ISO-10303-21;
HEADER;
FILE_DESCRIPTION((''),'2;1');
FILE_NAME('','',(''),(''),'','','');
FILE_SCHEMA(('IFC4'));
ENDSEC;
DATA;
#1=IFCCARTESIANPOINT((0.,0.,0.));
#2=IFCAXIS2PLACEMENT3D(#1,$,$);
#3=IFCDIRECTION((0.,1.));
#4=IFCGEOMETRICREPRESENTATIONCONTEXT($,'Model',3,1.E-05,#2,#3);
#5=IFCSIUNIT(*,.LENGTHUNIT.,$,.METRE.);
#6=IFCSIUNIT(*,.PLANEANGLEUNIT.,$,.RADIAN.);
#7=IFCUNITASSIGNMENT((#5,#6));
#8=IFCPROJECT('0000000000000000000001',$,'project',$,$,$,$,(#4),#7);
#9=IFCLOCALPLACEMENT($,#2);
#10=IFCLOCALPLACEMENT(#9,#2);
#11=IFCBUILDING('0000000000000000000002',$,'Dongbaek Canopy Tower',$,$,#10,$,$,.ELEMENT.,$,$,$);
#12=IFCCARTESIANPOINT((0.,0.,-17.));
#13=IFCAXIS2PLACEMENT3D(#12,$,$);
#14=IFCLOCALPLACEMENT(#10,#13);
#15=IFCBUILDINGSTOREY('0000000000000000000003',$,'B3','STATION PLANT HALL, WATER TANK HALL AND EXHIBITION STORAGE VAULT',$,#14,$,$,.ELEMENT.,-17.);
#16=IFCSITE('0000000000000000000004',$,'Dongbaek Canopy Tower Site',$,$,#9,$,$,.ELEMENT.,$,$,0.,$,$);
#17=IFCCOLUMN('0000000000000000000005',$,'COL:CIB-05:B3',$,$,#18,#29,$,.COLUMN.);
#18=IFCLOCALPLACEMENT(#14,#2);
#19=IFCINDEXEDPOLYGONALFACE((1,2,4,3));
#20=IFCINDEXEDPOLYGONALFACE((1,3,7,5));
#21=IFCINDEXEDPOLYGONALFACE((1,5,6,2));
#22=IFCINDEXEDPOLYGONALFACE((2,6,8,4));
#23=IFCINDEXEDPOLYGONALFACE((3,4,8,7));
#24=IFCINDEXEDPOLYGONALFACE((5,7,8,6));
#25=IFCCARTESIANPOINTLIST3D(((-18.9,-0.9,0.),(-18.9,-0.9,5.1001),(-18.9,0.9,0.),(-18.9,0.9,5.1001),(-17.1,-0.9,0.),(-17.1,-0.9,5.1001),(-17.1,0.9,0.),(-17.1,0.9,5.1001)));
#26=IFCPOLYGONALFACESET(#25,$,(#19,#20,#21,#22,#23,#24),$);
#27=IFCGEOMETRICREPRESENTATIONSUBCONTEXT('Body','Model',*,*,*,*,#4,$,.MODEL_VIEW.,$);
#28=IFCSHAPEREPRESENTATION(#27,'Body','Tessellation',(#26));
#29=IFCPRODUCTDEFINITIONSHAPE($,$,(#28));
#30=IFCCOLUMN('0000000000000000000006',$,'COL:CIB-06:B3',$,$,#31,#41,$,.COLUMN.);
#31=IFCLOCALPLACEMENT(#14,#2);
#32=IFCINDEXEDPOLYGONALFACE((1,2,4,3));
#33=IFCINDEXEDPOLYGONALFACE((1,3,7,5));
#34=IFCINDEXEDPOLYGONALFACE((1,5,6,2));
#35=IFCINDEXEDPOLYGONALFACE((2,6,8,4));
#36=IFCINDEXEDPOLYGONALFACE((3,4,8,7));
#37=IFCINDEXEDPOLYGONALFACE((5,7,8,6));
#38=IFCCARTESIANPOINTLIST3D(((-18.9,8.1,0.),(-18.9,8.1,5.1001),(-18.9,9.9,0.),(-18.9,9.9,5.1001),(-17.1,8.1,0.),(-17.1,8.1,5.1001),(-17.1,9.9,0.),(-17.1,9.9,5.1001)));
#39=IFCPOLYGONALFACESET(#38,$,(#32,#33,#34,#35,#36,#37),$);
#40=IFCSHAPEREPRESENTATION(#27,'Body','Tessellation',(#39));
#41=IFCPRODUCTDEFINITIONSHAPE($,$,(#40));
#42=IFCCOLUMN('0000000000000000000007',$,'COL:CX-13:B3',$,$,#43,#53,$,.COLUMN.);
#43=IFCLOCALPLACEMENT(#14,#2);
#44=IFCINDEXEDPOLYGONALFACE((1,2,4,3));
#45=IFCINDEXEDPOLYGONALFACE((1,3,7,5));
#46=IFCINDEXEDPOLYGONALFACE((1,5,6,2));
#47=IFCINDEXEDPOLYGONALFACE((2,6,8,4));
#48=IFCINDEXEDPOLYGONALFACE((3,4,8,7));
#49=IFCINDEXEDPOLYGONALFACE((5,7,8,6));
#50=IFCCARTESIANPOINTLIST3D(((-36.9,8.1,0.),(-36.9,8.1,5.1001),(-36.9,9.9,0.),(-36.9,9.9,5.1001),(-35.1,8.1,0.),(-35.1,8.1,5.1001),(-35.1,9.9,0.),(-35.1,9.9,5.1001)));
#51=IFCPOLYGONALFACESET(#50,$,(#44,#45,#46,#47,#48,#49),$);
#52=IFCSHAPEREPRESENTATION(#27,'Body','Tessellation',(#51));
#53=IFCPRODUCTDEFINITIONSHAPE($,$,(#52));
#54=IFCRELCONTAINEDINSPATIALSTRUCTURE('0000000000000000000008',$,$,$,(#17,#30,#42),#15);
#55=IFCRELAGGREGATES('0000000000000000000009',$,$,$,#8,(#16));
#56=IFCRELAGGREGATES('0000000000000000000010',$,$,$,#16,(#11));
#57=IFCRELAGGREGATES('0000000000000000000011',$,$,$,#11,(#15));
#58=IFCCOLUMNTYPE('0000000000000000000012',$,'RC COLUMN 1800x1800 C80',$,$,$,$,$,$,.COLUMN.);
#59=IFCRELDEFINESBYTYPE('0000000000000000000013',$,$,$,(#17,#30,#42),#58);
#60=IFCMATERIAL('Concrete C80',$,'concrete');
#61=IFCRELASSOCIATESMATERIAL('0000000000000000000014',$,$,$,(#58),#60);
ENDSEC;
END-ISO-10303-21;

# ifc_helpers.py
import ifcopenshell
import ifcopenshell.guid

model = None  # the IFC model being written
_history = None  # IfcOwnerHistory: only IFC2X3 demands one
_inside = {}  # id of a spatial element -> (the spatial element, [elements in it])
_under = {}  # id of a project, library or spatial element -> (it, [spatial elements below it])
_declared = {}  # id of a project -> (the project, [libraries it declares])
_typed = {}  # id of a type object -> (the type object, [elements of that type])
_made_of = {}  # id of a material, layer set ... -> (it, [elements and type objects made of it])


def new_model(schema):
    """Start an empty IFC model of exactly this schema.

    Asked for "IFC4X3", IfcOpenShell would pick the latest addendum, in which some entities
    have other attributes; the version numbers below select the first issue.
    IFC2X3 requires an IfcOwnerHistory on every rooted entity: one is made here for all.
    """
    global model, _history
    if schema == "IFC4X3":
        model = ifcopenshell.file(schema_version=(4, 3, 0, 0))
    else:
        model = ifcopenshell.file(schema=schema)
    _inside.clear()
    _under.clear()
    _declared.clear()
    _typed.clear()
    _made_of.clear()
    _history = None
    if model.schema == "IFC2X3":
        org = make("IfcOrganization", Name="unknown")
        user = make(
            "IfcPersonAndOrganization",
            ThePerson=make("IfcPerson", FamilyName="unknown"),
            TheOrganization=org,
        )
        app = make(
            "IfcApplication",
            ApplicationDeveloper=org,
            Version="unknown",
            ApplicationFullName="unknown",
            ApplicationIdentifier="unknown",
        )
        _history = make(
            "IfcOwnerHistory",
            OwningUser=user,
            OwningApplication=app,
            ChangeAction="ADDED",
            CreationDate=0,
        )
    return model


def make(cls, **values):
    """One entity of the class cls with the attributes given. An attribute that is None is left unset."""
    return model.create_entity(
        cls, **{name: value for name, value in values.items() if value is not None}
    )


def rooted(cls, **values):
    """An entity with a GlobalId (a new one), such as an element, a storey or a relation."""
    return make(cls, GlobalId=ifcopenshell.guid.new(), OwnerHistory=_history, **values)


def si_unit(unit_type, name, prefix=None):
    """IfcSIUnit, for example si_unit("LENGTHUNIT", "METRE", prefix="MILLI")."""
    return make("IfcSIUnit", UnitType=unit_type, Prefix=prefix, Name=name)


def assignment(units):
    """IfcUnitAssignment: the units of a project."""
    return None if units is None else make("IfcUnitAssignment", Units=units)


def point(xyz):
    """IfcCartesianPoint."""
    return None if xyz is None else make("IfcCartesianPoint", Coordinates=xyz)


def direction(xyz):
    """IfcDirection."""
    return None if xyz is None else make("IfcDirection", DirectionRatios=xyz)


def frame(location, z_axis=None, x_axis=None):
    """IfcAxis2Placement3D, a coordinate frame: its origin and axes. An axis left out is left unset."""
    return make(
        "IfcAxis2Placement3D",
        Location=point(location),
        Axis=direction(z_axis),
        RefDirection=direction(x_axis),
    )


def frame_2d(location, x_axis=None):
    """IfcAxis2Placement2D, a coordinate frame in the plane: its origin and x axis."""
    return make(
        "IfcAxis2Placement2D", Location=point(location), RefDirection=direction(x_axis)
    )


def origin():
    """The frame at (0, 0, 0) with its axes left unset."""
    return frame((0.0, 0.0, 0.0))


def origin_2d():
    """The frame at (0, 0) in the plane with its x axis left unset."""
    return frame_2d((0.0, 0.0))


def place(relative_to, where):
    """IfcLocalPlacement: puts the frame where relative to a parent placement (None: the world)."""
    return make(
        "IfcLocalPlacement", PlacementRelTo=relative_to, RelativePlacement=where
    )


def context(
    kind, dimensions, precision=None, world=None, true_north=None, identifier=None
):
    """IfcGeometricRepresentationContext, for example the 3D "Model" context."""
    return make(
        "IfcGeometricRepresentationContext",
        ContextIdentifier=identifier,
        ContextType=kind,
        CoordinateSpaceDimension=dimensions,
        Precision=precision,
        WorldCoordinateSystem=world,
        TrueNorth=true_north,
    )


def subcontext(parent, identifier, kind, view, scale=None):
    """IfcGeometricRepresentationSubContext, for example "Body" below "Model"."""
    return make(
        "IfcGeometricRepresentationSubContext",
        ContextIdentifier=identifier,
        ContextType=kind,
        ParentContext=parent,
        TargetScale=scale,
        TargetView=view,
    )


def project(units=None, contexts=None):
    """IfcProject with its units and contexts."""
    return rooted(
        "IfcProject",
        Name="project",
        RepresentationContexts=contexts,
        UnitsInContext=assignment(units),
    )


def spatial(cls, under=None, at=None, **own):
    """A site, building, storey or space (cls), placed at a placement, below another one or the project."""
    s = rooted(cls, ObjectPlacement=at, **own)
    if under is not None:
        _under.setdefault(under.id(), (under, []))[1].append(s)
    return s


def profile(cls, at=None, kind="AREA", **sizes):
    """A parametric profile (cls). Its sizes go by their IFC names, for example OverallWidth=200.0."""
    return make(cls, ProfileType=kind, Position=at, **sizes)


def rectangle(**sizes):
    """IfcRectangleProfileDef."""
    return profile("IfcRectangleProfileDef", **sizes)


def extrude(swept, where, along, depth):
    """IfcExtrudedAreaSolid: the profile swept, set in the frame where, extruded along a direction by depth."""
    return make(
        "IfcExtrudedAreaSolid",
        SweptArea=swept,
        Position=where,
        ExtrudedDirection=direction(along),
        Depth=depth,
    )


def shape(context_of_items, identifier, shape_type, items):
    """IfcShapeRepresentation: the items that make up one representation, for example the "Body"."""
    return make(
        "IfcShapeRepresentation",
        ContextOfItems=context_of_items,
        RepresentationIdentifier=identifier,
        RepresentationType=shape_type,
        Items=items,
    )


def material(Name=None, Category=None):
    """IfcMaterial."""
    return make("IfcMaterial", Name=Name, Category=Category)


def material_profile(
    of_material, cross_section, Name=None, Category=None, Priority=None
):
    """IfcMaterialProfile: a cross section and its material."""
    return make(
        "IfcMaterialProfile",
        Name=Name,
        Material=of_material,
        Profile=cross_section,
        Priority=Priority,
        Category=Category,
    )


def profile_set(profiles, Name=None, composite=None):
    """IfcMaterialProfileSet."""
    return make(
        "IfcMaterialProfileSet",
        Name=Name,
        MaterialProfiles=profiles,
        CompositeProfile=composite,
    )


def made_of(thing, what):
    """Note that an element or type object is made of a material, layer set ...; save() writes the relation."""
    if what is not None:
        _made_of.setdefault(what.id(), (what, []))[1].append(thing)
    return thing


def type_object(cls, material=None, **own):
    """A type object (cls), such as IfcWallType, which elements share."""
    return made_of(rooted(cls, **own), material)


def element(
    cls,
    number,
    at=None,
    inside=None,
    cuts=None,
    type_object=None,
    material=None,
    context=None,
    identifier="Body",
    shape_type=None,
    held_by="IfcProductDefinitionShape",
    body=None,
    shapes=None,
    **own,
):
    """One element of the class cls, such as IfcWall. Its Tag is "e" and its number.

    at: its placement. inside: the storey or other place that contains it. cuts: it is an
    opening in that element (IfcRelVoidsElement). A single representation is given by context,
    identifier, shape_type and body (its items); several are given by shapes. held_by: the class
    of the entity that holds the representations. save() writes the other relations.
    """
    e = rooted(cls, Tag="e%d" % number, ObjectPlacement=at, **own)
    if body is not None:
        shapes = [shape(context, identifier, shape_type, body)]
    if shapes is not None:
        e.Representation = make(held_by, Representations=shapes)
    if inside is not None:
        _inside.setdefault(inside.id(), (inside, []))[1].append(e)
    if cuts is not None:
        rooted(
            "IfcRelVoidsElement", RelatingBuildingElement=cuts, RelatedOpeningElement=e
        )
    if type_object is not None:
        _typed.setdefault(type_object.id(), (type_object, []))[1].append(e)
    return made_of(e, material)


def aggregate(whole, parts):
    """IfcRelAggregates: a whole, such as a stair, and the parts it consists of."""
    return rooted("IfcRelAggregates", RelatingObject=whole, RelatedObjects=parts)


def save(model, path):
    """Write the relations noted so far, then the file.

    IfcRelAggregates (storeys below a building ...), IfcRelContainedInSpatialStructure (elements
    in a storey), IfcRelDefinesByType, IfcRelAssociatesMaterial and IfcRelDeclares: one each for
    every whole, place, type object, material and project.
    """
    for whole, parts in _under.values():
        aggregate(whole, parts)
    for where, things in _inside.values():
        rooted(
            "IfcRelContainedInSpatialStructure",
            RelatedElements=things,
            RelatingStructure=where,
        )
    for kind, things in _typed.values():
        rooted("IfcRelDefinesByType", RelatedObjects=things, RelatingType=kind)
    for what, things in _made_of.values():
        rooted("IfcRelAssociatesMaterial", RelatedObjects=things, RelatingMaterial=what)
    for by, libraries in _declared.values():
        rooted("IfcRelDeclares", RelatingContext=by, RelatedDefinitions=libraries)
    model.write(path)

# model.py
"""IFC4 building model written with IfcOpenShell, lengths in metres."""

from ifc_helpers import new_model, si_unit, direction, frame, origin, origin_2d, place, context, subcontext, project, spatial, rectangle, extrude, material, material_profile, profile_set, type_object, element, save


model = new_model("IFC4")

# Units and contexts
model_context = context("Model", 3, precision=1e-05, world=origin(), true_north=direction((0.0, 1.0)))
body_context = subcontext(model_context, "Body", "Model", "MODEL_VIEW")
ifc_project = project(units=[si_unit("LENGTHUNIT", "METRE"), si_unit("PLANEANGLEUNIT", "RADIAN")], contexts=[model_context])

# Site, building, storey
site_placement = place(None, origin())
site = spatial("IfcSite", under=ifc_project, at=site_placement, Name="Dongbaek Canopy Tower Site", CompositionType="ELEMENT", RefElevation=0.0)
building_placement = place(site_placement, origin())
building = spatial("IfcBuilding", under=site, at=building_placement, Name="Dongbaek Canopy Tower", CompositionType="ELEMENT")
storey_placement = place(building_placement, frame((0.0, 0.0, -17.0)))
storey = spatial("IfcBuildingStorey", under=building, at=storey_placement, Name="B3", Description="STATION PLANT HALL, WATER TANK HALL AND EXHIBITION STORAGE VAULT", CompositionType="ELEMENT", Elevation=-17.0)

# Columns
ifc_material_1 = material(Name="Concrete C80", Category="concrete")
ifc_material_profile_1 = material_profile(ifc_material_1, rectangle(XDim=1.8, YDim=1.8, at=origin_2d()), Name="RC COLUMN 1800x1800 C80")
ifc_profile_set_1 = profile_set([ifc_material_profile_1], Name="Concrete C80")
column_type = type_object("IfcColumnType", Name="RC COLUMN 1800x1800 C80", PredefinedType="COLUMN", material=ifc_profile_set_1)
for number, where, z_axis, x_axis, name in (
    (1, (-18.0, 0.0, 0.0), (0.0, 0.0, 1.0), (1.0, 0.0, 0.0), "COL:CIB-05:B3"),
    (2, (-18.0, 9.0, 0.0), (0.0, 0.0, 1.0), (1.0, 0.0, 0.0), "COL:CIB-06:B3"),
    (3, (-36.0, 9.0, 0.0), (0.0, 0.0, 1.0), (1.0, 0.0, 0.0), "COL:CX-13:B3"),
):
    element("IfcColumn", number, at=place(storey_placement, frame(where, z_axis=z_axis, x_axis=x_axis)), inside=storey, type_object=column_type, Name=name, PredefinedType="COLUMN", context=body_context, shape_type="SweptSolid", body=[
        extrude(rectangle(XDim=1.8, YDim=1.8, at=origin_2d()), origin(), (0.0, 0.0, 1.0), 5.1001),
    ])

save(model, "model.ifc")
